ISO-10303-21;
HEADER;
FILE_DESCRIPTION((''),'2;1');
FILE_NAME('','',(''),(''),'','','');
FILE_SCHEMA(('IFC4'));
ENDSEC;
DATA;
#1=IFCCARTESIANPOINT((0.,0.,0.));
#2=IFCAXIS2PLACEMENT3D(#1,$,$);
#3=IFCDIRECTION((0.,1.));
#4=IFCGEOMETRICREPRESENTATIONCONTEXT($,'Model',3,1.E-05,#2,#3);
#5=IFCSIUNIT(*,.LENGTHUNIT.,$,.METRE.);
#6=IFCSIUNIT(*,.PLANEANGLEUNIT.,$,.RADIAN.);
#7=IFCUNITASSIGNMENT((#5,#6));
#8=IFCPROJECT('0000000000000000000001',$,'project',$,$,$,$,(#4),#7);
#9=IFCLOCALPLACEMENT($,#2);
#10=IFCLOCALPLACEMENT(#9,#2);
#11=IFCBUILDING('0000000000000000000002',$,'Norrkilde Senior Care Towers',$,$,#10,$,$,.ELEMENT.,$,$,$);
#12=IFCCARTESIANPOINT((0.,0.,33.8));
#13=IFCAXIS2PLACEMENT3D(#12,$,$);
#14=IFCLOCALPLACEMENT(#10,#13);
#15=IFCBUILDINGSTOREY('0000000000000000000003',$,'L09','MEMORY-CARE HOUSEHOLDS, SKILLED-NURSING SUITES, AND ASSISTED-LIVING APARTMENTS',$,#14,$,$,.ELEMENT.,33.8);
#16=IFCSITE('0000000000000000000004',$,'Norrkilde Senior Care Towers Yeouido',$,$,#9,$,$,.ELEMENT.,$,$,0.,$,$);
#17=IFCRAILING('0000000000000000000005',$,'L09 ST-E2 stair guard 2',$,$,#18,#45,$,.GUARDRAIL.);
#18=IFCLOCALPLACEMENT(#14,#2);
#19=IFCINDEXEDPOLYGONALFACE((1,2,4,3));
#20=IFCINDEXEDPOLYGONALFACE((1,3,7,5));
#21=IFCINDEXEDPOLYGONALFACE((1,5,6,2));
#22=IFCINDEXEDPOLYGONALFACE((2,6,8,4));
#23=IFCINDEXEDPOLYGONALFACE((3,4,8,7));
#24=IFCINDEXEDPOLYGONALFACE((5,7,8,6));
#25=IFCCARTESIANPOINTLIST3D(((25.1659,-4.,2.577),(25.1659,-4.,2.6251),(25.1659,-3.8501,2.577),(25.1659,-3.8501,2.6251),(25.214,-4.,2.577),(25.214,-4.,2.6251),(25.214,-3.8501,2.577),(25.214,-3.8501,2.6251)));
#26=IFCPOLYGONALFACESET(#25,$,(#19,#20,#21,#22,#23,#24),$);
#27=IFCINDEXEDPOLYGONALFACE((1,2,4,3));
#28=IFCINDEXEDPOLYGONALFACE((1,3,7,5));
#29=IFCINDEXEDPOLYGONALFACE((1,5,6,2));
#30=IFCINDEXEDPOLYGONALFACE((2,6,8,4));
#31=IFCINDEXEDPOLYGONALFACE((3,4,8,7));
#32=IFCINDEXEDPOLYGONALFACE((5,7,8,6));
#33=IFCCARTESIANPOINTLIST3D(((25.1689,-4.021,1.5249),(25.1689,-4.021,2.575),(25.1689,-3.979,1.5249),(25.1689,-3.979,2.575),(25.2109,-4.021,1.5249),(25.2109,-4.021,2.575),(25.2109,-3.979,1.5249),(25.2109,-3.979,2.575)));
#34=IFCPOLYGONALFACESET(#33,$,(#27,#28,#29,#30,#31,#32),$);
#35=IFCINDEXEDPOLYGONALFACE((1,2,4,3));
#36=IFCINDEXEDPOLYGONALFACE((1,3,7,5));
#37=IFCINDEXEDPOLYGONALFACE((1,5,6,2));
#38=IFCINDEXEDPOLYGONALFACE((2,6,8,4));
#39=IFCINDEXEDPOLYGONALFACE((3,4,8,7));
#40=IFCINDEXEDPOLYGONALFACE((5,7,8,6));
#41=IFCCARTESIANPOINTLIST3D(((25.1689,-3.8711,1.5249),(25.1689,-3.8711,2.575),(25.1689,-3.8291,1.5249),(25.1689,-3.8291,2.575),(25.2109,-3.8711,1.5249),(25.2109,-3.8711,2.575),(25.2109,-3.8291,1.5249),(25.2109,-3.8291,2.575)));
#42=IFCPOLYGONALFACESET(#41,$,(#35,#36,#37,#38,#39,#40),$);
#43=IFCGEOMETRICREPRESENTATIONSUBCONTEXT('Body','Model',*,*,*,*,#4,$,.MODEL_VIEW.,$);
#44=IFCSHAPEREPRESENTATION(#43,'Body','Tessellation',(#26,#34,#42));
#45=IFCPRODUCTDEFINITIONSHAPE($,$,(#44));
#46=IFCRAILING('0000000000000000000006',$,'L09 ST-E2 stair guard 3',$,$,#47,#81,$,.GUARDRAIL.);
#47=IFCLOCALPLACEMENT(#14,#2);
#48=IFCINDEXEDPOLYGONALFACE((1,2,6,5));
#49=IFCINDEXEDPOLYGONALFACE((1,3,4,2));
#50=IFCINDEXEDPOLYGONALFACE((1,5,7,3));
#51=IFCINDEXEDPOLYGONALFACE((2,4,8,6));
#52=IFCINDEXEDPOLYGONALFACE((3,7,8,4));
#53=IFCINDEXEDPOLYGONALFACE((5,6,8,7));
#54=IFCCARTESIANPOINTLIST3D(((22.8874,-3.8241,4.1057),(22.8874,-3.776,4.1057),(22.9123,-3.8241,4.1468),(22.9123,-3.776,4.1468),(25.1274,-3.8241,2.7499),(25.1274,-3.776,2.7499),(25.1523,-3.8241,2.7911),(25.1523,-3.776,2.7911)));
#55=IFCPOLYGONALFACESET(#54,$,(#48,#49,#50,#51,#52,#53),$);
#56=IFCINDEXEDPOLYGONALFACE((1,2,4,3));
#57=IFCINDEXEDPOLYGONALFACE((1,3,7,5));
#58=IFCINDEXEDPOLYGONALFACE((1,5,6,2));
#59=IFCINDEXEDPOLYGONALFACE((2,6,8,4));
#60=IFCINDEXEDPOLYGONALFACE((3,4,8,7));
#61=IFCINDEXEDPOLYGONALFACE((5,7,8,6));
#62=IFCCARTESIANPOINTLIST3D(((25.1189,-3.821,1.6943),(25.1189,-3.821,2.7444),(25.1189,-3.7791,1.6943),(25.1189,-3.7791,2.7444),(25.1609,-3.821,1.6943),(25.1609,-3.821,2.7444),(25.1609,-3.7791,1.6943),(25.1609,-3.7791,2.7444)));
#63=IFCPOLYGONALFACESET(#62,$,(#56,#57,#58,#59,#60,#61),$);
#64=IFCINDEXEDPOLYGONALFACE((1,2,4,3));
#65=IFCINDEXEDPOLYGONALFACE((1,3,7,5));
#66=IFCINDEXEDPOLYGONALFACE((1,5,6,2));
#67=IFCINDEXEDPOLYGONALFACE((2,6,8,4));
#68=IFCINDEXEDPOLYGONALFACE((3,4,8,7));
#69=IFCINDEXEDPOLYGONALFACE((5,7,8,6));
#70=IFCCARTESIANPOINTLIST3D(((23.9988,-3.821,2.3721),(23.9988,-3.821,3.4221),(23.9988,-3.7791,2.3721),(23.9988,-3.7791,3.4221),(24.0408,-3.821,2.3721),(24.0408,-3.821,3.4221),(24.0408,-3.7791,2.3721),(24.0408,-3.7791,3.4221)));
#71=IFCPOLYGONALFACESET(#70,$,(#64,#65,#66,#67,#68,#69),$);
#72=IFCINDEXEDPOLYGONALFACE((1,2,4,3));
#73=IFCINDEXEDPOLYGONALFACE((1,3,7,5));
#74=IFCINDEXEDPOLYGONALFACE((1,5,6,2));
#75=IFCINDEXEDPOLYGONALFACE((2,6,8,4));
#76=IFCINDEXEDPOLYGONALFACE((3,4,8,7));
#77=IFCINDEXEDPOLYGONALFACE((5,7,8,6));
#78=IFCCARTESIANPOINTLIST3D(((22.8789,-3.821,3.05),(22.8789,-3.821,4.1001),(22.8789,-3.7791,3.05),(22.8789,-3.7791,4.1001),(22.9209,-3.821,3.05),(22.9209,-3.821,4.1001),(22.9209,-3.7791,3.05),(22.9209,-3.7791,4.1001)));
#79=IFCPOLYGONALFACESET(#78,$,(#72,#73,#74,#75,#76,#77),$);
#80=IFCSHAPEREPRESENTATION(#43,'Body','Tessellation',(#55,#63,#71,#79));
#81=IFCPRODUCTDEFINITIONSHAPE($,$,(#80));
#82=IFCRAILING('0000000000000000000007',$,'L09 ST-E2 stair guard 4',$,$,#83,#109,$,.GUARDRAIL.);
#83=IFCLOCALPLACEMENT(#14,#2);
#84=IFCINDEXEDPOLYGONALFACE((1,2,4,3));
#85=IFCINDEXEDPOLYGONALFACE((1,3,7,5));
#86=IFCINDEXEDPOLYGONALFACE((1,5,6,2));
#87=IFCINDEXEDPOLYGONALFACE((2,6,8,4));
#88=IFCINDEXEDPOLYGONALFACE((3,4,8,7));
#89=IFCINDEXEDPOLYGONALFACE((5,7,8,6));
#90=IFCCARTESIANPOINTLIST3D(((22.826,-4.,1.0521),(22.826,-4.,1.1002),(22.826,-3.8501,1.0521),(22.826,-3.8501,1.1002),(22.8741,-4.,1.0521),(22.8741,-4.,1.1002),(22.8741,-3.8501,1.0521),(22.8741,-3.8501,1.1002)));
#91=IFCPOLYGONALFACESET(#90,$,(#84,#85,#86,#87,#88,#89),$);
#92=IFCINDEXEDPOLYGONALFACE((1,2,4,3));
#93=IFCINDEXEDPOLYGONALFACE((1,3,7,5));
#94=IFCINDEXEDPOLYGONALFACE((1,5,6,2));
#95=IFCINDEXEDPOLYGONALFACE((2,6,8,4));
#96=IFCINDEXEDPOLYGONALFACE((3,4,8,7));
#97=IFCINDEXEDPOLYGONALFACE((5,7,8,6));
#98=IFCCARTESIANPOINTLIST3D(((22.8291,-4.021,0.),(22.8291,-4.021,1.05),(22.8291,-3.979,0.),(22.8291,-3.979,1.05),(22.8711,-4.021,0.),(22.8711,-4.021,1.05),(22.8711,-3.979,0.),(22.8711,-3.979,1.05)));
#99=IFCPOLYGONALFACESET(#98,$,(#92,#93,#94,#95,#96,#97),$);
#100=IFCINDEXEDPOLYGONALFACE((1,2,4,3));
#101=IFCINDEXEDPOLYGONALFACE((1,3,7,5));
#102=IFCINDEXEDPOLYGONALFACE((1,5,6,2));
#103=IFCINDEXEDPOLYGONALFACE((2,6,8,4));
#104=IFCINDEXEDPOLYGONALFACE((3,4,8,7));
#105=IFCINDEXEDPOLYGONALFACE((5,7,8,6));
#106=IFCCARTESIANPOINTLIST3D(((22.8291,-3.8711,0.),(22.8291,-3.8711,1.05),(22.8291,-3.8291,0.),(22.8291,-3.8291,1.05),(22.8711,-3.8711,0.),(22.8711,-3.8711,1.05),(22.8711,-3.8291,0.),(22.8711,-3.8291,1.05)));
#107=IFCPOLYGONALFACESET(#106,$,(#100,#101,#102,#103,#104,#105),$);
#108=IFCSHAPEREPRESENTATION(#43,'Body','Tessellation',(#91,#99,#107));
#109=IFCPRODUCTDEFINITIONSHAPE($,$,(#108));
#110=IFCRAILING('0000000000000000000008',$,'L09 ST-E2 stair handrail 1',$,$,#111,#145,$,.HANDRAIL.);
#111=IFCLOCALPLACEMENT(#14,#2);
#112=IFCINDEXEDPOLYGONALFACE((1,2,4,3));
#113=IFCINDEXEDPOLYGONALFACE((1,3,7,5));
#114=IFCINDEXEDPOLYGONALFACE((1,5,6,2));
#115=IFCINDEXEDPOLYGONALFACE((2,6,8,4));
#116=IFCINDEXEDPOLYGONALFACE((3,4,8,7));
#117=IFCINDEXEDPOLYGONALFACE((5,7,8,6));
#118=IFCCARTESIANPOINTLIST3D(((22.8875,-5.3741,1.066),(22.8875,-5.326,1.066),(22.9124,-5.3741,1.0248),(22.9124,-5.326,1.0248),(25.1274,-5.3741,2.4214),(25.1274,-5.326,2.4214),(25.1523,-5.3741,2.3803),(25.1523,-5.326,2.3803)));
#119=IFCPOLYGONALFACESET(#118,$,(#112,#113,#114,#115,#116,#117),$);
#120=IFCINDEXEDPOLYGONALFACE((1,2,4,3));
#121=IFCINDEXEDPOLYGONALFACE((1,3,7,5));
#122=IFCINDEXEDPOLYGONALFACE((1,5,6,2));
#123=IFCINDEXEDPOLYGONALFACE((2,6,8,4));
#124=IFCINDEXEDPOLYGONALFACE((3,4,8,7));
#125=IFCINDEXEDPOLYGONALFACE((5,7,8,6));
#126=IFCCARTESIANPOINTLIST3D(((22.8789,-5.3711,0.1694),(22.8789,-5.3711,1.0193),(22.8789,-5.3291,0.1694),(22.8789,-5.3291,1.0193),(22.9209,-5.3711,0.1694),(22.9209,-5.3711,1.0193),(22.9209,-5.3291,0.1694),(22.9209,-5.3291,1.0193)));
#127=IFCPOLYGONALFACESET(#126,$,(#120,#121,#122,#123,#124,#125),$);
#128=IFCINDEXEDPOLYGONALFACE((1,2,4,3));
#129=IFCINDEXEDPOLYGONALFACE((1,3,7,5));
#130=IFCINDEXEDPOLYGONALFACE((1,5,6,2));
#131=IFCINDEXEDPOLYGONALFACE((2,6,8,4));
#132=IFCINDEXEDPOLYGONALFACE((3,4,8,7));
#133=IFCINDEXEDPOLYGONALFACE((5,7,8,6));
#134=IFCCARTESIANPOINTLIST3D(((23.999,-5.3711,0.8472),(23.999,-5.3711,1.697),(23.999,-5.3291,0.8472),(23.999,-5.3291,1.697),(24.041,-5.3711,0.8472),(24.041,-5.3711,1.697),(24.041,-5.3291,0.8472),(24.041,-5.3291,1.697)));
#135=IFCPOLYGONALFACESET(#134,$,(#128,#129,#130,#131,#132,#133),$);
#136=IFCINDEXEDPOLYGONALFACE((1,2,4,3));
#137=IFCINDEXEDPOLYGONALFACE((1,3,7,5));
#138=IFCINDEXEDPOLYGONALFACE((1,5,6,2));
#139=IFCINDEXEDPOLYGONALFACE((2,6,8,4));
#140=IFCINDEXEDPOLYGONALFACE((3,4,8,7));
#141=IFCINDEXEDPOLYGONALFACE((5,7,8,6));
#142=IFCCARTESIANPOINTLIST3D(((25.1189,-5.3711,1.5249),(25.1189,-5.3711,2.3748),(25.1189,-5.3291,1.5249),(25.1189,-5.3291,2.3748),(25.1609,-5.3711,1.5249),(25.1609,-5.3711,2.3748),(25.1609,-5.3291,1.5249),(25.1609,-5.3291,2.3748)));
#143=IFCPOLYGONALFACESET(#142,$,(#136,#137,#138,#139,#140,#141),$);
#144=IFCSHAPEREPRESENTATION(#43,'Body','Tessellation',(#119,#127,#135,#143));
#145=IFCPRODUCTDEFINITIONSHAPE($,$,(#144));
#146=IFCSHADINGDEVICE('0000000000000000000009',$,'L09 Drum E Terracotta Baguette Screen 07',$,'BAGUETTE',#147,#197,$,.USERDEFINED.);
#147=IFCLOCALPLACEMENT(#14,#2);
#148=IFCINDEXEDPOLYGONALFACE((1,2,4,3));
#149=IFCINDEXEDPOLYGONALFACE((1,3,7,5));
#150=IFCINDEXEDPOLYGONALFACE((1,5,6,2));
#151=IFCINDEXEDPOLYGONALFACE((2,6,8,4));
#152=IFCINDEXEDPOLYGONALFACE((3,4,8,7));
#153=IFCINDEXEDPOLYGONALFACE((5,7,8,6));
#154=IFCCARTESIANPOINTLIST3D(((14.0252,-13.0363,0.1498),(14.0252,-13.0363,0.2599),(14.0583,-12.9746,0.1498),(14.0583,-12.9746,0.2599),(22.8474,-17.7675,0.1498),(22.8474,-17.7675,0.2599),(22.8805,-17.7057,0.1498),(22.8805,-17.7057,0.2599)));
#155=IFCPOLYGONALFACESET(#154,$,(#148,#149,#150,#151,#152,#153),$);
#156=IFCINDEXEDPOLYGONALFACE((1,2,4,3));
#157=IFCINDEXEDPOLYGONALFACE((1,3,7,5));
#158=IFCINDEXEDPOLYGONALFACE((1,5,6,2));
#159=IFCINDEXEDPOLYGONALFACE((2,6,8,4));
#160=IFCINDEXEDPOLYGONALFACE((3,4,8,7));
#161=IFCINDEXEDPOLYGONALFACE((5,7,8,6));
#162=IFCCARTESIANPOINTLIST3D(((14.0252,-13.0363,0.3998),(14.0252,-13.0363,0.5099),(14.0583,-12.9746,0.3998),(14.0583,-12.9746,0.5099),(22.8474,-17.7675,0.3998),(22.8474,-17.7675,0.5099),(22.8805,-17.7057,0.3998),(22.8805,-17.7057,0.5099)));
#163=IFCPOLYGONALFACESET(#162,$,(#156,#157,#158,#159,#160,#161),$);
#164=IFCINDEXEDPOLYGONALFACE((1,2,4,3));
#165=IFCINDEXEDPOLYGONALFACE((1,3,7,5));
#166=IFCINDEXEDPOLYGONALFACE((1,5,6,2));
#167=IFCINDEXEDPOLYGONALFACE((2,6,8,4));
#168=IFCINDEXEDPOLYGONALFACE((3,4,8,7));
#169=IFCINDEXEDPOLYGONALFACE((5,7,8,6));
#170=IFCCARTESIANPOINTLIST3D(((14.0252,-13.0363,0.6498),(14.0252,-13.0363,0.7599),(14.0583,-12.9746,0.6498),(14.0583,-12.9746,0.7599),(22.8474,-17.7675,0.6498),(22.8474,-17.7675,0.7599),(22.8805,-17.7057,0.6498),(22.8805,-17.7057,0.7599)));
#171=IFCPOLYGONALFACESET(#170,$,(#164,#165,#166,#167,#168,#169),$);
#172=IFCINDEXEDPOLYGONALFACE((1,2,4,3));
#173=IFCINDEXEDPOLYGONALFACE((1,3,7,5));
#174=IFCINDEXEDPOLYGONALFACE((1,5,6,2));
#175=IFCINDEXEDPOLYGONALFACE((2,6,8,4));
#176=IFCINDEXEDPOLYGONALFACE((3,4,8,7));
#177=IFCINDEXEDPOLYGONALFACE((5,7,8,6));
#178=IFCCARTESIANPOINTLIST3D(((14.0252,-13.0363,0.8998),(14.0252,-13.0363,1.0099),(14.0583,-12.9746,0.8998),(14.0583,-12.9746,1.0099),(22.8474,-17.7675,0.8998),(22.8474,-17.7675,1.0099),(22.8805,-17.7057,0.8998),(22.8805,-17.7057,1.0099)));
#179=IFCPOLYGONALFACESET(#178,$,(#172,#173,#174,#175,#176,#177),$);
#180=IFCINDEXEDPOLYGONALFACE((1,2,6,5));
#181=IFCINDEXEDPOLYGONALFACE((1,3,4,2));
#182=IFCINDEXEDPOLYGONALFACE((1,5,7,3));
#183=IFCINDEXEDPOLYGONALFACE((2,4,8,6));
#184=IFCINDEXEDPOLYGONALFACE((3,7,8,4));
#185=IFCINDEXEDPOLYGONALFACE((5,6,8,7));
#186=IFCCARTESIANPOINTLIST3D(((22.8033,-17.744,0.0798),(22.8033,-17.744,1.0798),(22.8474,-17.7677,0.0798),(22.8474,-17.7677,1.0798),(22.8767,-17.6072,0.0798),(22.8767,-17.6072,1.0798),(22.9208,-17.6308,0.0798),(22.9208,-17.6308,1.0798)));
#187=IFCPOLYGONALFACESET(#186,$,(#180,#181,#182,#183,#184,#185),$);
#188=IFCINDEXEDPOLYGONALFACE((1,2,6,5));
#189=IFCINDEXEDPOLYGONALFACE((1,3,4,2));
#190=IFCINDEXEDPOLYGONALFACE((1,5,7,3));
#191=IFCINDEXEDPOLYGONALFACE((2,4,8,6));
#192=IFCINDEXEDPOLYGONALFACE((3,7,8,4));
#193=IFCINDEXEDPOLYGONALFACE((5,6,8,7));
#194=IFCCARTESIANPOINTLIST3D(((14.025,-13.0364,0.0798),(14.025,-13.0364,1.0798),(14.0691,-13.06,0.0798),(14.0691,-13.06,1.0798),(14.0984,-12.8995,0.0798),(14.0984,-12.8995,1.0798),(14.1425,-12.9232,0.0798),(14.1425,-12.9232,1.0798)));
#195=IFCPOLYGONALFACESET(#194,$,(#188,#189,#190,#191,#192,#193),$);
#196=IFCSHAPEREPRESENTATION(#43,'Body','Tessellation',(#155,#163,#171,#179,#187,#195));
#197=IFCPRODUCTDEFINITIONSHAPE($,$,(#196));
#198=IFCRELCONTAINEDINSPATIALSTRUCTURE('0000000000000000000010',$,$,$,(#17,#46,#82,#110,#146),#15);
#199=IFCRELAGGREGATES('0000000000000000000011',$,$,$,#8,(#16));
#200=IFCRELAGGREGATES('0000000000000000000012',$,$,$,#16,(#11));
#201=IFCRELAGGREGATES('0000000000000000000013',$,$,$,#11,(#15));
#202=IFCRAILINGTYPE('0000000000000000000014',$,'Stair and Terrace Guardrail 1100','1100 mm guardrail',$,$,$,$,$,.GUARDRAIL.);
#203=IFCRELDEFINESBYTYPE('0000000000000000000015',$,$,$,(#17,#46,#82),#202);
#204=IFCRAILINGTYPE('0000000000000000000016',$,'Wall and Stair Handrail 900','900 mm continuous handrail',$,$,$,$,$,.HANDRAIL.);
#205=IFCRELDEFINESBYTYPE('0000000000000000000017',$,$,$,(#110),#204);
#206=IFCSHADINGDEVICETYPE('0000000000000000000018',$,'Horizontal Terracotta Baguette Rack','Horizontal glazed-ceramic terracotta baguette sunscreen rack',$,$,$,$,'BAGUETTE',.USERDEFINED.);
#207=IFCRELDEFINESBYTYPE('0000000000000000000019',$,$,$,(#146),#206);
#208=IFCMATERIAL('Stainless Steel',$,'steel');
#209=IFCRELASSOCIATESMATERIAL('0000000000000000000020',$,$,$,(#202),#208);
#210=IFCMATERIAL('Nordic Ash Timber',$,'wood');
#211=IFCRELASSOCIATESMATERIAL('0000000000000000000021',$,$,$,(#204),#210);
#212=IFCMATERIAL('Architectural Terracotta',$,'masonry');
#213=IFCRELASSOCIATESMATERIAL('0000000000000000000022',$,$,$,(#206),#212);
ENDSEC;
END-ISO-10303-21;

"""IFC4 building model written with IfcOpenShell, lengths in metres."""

from ifc_helpers import new_model, si_unit, direction, frame, origin, origin_2d, place, context, subcontext, project, spatial, rectangle, extrude, source, transform, mapped, material, type_object, type_shapes, element, save


model = new_model("IFC4")

# Units and contexts
model_context = context("Model", 3, precision=1e-05, world=origin(), true_north=direction((0.0, 1.0)))
body_context = subcontext(model_context, "Body", "Model", "MODEL_VIEW")
ifc_project = project(units=[si_unit("LENGTHUNIT", "METRE"), si_unit("PLANEANGLEUNIT", "RADIAN")], contexts=[model_context])

# Site, building, storey
site_placement = place(None, origin())
site = spatial("IfcSite", under=ifc_project, at=site_placement, Name="Norrkilde Senior Care Towers Yeouido", CompositionType="ELEMENT", RefElevation=0.0)
building_placement = place(site_placement, origin())
building = spatial("IfcBuilding", under=site, at=building_placement, Name="Norrkilde Senior Care Towers", CompositionType="ELEMENT")
storey_placement = place(building_placement, frame((0.0, 0.0, 33.8)))
storey = spatial("IfcBuildingStorey", under=building, at=storey_placement, Name="L09", Description="MEMORY-CARE HOUSEHOLDS, SKILLED-NURSING SUITES, AND ASSISTED-LIVING APARTMENTS", CompositionType="ELEMENT", Elevation=33.8)

# Shared definitions
ifc_material_1 = material(Name="Nordic Ash Timber", Category="wood")

# Railings
ifc_material_2 = material(Name="Stainless Steel", Category="steel")
railing_type_1 = type_object("IfcRailingType", Name="Stair and Terrace Guardrail 1100", Description="1100 mm guardrail", PredefinedType="GUARDRAIL", material=ifc_material_2)
railing_1_placement = place(storey_placement, frame((25.1899, -4.0, 1.5249)))
element("IfcRailing", 1, at=railing_1_placement, inside=storey, type_object=railing_type_1, Name="L09 ST-E2 stair guard 2", PredefinedType="GUARDRAIL", context=body_context, shape_type="SweptSolid", body=[
    extrude(rectangle(XDim=0.0481, YDim=0.0481, at=origin_2d()), frame((0.0, 0.0, 1.0762), z_axis=(0.0, 1.0, 0.0), x_axis=(-1.0, 0.0, 0.0)), (0.0, 0.0, 1.0), 0.1499),
    extrude(rectangle(XDim=0.042, YDim=0.042, at=origin_2d()), origin(), (0.0, 0.0, 1.0), 1.05),
    extrude(rectangle(XDim=0.042, YDim=0.042, at=origin_2d()), frame((0.0, 0.1499, 0.0)), (0.0, 0.0, 1.0), 1.05),
])
railing_2_placement = place(storey_placement, frame((25.1399, -3.8, 1.6943)))
element("IfcRailing", 2, at=railing_2_placement, inside=storey, type_object=railing_type_1, Name="L09 ST-E2 stair guard 3", PredefinedType="GUARDRAIL", context=body_context, shape_type="SweptSolid", body=[
    extrude(rectangle(XDim=0.0481, YDim=0.0481, at=origin_2d()), frame((0.0, 0.0, 1.0762), z_axis=(-0.855512, 0.0, 0.517783), x_axis=(0.0, -1.0, 0.0)), (0.0, 0.0, 1.0), 2.6184),
    extrude(rectangle(XDim=0.042, YDim=0.042, at=origin_2d()), origin(), (0.0, 0.0, 1.0), 1.05),
    extrude(rectangle(XDim=0.042, YDim=0.042, at=origin_2d()), frame((-1.1201, 0.0, 0.6777)), (0.0, 0.0, 1.0), 1.05),
    extrude(rectangle(XDim=0.042, YDim=0.042, at=origin_2d()), frame((-2.24, 0.0, 1.3557)), (0.0, 0.0, 1.0), 1.05),
])
railing_3_placement = place(storey_placement, frame((22.8501, -4.0, 0.0)))
element("IfcRailing", 3, at=railing_3_placement, inside=storey, type_object=railing_type_1, Name="L09 ST-E2 stair guard 4", PredefinedType="GUARDRAIL", context=body_context, shape_type="SweptSolid", body=[
    extrude(rectangle(XDim=0.0481, YDim=0.0481, at=origin_2d()), frame((0.0, 0.0, 1.0762), z_axis=(0.0, 1.0, 0.0), x_axis=(-1.0, 0.0, 0.0)), (0.0, 0.0, 1.0), 0.1499),
    extrude(rectangle(XDim=0.042, YDim=0.042, at=origin_2d()), origin(), (0.0, 0.0, 1.0), 1.05),
    extrude(rectangle(XDim=0.042, YDim=0.042, at=origin_2d()), frame((0.0, 0.1499, 0.0)), (0.0, 0.0, 1.0), 1.05),
])
railing_type_2 = type_object("IfcRailingType", Name="Wall and Stair Handrail 900", Description="900 mm continuous handrail", PredefinedType="HANDRAIL", material=ifc_material_1)
railing_4_placement = place(storey_placement, frame((22.8999, -5.3501, 0.1694)))
element("IfcRailing", 4, at=railing_4_placement, inside=storey, type_object=railing_type_2, Name="L09 ST-E2 stair handrail 1", PredefinedType="HANDRAIL", context=body_context, shape_type="SweptSolid", body=[
    extrude(rectangle(XDim=0.0481, YDim=0.0481, at=origin_2d()), frame((0.0, 0.0, 0.876), z_axis=(0.855553, 0.0, 0.517715), x_axis=(0.0, 1.0, 0.0)), (0.0, 0.0, 1.0), 2.6182),
    extrude(rectangle(XDim=0.042, YDim=0.042, at=origin_2d()), origin(), (0.0, 0.0, 1.0), 0.8499),
    extrude(rectangle(XDim=0.042, YDim=0.042, at=origin_2d()), frame((1.1201, 0.0, 0.6777)), (0.0, 0.0, 1.0), 0.8499),
    extrude(rectangle(XDim=0.042, YDim=0.042, at=origin_2d()), frame((2.24, 0.0, 1.3555)), (0.0, 0.0, 1.0), 0.8499),
])

# Shading device
ifc_material_3 = material(Name="Architectural Terracotta", Category="masonry")
shading_device_type = type_object("IfcShadingDeviceType", Name="Horizontal Terracotta Baguette Rack", Description="Horizontal glazed-ceramic terracotta baguette sunscreen rack", ElementType="BAGUETTE", PredefinedType="USERDEFINED", material=ifc_material_3)
shared_shape_1 = source(origin(), body_context, "Body", "SweptSolid", [
    extrude(rectangle(XDim=0.0701, YDim=0.1101, at=origin_2d()), frame((0.0, 0.0901, 0.125), z_axis=(1.0, 0.0, 0.0), x_axis=(0.0, 1.0, 0.0)), (0.0, 0.0, 1.0), 10.0107),
    extrude(rectangle(XDim=0.0701, YDim=0.1101, at=origin_2d()), frame((0.0, 0.0901, 0.375), z_axis=(1.0, 0.0, 0.0), x_axis=(0.0, 1.0, 0.0)), (0.0, 0.0, 1.0), 10.0107),
    extrude(rectangle(XDim=0.0701, YDim=0.1101, at=origin_2d()), frame((0.0, 0.0901, 0.625), z_axis=(1.0, 0.0, 0.0), x_axis=(0.0, 1.0, 0.0)), (0.0, 0.0, 1.0), 10.0107),
    extrude(rectangle(XDim=0.0701, YDim=0.1101, at=origin_2d()), frame((0.0, 0.0901, 0.875), z_axis=(1.0, 0.0, 0.0), x_axis=(0.0, 1.0, 0.0)), (0.0, 0.0, 1.0), 10.0107),
    extrude(rectangle(XDim=0.05, YDim=0.1553, at=origin_2d()), frame((0.0249, 0.0476, 0.0)), (0.0, 0.0, 1.0), 1.0),
    extrude(rectangle(XDim=0.05, YDim=0.1553, at=origin_2d()), frame((9.9858, 0.0476, 0.0)), (0.0, 0.0, 1.0), 1.0),
])
type_shapes(shading_device_type, [shared_shape_1])
shading_device_placement = place(storey_placement, frame((22.9065, -17.6572, 0.0798), z_axis=(0.0, 0.0, 1.0), x_axis=(-0.88128, 0.472612, 0.0)))
element("IfcShadingDevice", 5, at=shading_device_placement, inside=storey, type_object=shading_device_type, Name="L09 Drum E Terracotta Baguette Screen 07", ObjectType="BAGUETTE", PredefinedType="USERDEFINED", context=body_context, shape_type="MappedRepresentation", body=[
    mapped(shared_shape_1, transform((0.0, 0.0, 0.0), x_axis=(1.0, 0.0, 0.0), y_axis=(0.0, 1.0, 0.0), z_axis=(0.0, 0.0, 1.0), scale=1.0)),
])

save(model, "model.ifc")
